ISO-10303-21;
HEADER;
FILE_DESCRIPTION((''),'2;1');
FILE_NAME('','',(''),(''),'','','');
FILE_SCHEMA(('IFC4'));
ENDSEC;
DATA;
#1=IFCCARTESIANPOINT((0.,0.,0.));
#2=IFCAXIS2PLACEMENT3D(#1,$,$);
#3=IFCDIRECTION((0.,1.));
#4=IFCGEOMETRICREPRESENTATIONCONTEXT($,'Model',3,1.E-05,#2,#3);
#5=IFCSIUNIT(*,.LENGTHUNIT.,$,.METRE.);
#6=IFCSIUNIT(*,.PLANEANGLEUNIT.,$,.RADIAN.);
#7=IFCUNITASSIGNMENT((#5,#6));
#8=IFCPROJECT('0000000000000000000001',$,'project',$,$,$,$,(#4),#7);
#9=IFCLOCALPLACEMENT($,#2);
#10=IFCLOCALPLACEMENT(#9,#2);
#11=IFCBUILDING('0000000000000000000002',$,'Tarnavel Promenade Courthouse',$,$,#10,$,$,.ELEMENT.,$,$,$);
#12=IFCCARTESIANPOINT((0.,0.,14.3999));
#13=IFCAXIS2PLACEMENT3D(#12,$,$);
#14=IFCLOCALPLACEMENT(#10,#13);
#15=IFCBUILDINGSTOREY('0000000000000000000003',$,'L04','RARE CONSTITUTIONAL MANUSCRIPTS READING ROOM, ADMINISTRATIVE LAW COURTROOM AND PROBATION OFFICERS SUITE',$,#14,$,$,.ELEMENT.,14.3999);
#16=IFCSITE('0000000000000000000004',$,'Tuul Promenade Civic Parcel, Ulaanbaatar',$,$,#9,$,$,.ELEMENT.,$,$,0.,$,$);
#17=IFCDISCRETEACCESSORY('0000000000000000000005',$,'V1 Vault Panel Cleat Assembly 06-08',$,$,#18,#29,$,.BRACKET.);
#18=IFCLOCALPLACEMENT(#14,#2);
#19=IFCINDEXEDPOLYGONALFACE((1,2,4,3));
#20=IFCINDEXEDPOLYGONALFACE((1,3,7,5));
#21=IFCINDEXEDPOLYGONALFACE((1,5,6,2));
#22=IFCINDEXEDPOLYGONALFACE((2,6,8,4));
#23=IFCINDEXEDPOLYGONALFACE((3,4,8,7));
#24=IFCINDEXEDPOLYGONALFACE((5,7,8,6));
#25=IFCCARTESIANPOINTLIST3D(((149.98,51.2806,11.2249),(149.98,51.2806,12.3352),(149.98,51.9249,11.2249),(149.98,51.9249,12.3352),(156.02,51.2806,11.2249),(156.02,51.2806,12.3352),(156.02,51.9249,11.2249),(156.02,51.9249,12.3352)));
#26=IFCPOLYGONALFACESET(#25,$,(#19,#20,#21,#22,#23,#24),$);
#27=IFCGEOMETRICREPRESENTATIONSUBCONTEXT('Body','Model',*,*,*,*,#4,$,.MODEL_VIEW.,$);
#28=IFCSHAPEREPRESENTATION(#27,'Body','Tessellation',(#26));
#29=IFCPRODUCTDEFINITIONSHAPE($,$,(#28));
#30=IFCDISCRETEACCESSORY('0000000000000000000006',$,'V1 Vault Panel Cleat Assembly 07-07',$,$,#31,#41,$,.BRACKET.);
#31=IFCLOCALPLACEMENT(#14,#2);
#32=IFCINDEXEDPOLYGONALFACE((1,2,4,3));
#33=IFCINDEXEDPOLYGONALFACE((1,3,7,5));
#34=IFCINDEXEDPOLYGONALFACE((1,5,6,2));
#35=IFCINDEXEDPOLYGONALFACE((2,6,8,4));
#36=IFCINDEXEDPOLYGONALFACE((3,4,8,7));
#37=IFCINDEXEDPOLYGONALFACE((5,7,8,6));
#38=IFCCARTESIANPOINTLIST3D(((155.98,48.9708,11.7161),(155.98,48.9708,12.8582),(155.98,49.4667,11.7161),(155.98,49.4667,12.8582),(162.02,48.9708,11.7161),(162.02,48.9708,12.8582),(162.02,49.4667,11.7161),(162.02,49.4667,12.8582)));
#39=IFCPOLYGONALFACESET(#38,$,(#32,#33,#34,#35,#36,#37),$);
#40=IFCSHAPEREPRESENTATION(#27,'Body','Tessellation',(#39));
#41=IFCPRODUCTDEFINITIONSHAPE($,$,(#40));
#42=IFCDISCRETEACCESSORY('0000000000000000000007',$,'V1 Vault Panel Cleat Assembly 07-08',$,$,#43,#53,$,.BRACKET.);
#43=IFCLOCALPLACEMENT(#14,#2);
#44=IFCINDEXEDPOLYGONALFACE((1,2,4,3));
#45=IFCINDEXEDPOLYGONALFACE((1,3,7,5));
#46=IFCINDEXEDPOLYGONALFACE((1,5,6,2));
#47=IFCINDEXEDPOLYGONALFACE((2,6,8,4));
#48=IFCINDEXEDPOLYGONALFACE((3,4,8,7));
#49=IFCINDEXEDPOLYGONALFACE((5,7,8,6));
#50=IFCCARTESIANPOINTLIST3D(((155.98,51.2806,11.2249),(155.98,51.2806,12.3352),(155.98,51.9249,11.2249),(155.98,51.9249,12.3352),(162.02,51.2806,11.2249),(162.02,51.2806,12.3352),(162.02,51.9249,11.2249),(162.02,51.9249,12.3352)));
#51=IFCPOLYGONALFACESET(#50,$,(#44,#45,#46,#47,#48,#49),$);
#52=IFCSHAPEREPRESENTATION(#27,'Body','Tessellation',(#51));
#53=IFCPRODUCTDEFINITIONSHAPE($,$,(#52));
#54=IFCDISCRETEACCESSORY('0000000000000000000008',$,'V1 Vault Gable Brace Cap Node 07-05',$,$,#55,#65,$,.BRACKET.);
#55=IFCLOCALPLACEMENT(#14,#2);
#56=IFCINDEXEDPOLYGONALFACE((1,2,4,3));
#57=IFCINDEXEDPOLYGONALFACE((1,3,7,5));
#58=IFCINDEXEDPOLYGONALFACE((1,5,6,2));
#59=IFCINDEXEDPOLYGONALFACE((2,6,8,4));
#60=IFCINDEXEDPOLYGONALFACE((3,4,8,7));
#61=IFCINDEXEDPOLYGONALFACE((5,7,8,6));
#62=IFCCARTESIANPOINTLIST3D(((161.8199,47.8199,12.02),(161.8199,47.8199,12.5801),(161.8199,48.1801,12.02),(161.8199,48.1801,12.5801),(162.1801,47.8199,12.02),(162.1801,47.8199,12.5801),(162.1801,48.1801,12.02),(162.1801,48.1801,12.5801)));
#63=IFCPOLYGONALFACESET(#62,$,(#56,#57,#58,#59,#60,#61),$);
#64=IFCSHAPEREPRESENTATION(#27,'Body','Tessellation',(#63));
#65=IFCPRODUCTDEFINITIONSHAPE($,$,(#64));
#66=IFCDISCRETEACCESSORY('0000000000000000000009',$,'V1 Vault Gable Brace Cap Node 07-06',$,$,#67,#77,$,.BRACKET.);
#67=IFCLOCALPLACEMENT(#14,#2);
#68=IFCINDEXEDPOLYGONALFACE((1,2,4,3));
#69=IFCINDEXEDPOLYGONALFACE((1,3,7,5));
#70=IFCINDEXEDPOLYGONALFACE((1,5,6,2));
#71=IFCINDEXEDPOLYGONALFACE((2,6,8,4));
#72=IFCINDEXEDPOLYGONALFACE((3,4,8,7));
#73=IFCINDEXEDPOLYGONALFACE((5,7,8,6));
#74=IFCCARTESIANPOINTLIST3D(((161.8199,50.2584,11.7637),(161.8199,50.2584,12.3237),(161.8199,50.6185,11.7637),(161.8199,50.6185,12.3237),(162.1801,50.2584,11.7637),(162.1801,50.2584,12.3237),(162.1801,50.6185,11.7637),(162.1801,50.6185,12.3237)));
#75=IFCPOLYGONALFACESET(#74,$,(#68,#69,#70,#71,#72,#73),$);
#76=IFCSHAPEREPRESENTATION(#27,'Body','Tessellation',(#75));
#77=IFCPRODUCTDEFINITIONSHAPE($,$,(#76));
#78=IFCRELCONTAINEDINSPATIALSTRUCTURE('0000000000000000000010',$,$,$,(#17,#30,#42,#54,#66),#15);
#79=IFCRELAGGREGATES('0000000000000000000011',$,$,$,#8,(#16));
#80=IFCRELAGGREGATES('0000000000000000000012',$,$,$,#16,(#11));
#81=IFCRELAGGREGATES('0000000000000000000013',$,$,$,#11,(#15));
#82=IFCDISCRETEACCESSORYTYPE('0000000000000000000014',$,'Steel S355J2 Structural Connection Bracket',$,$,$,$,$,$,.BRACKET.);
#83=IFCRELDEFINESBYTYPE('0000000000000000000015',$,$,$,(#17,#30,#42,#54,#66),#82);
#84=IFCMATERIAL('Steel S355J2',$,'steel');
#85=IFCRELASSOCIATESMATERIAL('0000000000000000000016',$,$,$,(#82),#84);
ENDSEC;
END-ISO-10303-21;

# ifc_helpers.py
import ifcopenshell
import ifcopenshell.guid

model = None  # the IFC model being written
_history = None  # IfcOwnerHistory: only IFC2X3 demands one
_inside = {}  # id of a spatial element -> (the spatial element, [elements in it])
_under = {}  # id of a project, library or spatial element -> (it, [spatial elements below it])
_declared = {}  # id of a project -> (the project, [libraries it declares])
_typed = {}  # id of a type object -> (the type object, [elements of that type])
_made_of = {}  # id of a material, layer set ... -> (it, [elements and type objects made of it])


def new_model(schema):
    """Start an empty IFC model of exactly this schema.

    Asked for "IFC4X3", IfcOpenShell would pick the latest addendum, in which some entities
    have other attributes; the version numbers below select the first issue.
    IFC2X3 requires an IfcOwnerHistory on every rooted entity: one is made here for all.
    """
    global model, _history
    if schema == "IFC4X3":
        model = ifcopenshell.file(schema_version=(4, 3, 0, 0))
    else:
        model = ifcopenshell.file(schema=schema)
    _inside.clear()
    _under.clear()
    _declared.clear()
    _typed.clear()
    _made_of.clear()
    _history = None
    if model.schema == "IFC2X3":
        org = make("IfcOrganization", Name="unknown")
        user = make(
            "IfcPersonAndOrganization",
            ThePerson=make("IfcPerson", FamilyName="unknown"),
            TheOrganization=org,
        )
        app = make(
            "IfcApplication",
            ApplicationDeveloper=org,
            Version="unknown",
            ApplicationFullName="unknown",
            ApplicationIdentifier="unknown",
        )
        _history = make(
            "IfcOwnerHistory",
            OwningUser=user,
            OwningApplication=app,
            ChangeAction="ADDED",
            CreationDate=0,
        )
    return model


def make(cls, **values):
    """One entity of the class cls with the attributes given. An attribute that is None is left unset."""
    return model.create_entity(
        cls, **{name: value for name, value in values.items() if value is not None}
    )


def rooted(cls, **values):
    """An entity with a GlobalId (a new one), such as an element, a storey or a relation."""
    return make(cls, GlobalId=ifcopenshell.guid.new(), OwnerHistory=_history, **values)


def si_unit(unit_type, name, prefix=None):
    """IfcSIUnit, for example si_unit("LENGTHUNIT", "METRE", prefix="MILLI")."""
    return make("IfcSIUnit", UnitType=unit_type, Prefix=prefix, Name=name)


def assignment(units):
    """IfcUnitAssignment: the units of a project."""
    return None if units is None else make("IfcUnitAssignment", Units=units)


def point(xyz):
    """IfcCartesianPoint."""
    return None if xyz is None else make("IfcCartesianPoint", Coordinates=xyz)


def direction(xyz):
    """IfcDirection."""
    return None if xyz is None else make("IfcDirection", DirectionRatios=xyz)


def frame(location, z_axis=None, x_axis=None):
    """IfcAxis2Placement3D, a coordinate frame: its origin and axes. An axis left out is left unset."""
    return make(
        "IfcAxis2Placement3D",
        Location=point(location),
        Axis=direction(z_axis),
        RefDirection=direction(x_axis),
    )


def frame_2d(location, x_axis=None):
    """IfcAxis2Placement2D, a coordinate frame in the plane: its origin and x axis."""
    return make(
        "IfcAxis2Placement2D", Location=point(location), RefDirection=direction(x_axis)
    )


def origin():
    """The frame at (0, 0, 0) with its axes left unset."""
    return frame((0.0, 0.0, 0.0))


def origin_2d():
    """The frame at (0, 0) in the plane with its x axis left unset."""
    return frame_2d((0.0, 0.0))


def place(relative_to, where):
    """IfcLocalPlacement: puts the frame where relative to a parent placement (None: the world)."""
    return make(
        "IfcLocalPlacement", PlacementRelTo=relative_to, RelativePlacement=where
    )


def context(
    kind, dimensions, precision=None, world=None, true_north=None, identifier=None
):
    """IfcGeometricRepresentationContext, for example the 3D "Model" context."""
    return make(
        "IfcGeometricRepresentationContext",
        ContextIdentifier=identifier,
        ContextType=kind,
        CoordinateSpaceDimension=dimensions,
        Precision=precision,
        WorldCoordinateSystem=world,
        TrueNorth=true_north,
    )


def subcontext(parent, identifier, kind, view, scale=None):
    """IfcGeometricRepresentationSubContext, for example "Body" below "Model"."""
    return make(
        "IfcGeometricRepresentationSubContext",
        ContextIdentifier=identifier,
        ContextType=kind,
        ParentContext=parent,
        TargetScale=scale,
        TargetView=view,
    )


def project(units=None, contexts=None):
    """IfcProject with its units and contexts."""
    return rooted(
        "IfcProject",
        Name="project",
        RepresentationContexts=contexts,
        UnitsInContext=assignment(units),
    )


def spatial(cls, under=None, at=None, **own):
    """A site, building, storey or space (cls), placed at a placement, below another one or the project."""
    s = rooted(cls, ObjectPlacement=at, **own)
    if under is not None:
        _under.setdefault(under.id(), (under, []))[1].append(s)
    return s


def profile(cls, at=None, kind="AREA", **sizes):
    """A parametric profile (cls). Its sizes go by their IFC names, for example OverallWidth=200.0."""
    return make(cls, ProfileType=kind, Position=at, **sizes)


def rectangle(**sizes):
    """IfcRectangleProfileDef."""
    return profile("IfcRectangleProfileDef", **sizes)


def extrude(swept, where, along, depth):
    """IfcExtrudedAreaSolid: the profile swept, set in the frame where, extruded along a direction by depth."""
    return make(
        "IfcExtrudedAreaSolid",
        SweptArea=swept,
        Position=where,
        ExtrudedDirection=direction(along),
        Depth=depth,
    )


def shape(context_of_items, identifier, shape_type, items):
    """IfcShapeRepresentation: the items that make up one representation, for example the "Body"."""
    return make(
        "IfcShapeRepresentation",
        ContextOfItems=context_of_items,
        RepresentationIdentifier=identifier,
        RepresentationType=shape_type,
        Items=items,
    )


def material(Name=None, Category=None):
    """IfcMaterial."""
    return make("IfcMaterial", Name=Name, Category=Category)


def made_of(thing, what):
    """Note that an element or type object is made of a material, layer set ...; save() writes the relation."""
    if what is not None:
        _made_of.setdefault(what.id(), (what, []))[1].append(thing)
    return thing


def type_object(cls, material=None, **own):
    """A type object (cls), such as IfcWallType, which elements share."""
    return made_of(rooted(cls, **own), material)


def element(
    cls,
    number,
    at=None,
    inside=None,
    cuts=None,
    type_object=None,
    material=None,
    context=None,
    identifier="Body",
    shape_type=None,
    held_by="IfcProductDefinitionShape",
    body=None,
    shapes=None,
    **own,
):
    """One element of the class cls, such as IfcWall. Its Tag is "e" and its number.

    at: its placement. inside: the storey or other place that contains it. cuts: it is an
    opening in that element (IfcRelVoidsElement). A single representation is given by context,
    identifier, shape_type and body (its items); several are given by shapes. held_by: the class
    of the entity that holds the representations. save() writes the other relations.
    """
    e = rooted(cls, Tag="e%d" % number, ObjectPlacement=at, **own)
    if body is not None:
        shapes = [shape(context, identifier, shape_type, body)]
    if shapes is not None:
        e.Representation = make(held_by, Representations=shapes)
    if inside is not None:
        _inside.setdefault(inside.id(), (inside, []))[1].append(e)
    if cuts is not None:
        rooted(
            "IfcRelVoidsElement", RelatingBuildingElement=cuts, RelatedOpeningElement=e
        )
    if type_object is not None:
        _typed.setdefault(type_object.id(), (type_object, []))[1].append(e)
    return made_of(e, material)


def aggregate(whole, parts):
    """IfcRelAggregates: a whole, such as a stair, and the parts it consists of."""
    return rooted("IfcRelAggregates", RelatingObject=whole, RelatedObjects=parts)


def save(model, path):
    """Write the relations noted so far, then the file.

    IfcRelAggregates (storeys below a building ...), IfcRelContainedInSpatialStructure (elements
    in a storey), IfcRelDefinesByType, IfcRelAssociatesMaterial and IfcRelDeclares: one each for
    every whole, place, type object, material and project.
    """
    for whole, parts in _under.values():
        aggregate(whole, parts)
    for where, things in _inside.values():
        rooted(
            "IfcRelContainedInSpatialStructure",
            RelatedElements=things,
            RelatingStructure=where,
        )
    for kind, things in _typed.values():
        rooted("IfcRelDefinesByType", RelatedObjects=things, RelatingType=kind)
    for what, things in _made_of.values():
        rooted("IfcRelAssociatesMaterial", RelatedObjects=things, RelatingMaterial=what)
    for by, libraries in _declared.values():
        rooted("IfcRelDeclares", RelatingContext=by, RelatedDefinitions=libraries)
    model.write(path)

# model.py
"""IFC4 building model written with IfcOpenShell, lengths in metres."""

from ifc_helpers import new_model, si_unit, direction, frame, origin, origin_2d, place, context, subcontext, project, spatial, rectangle, extrude, material, type_object, element, save


model = new_model("IFC4")

# Units and contexts
model_context = context("Model", 3, precision=1e-05, world=origin(), true_north=direction((0.0, 1.0)))
body_context = subcontext(model_context, "Body", "Model", "MODEL_VIEW")
ifc_project = project(units=[si_unit("LENGTHUNIT", "METRE"), si_unit("PLANEANGLEUNIT", "RADIAN")], contexts=[model_context])

# Site, building, storey
site_placement = place(None, origin())
site = spatial("IfcSite", under=ifc_project, at=site_placement, Name="Tuul Promenade Civic Parcel, Ulaanbaatar", CompositionType="ELEMENT", RefElevation=0.0)
building_placement = place(site_placement, origin())
building = spatial("IfcBuilding", under=site, at=building_placement, Name="Tarnavel Promenade Courthouse", CompositionType="ELEMENT")
storey_placement = place(building_placement, frame((0.0, 0.0, 14.3999)))
storey = spatial("IfcBuildingStorey", under=building, at=storey_placement, Name="L04", Description="RARE CONSTITUTIONAL MANUSCRIPTS READING ROOM, ADMINISTRATIVE LAW COURTROOM AND PROBATION OFFICERS SUITE", CompositionType="ELEMENT", Elevation=14.3999)

# Shared definitions
ifc_material_1 = material(Name="Steel S355J2", Category="steel")

# Discrete accessories
discrete_accessory_type = type_object("IfcDiscreteAccessoryType", Name="Steel S355J2 Structural Connection Bracket", PredefinedType="BRACKET", material=ifc_material_1)
discrete_accessory_1_placement = place(storey_placement, frame((153.0, 51.6028, 11.2249), z_axis=(0.0, 0.0, 1.0), x_axis=(1.0, 0.0, 0.0)))
element("IfcDiscreteAccessory", 1, at=discrete_accessory_1_placement, inside=storey, type_object=discrete_accessory_type, Name="V1 Vault Panel Cleat Assembly 06-08", PredefinedType="BRACKET", context=body_context, shape_type="SweptSolid", body=[
    extrude(rectangle(XDim=6.04, YDim=0.6443, at=origin_2d()), origin(), (0.0, 0.0, 1.0), 1.1104),
])
discrete_accessory_2_placement = place(storey_placement, frame((159.0, 49.2188, 11.7161), z_axis=(0.0, 0.0, 1.0), x_axis=(1.0, 0.0, 0.0)))
element("IfcDiscreteAccessory", 2, at=discrete_accessory_2_placement, inside=storey, type_object=discrete_accessory_type, Name="V1 Vault Panel Cleat Assembly 07-07", PredefinedType="BRACKET", context=body_context, shape_type="SweptSolid", body=[
    extrude(rectangle(XDim=6.04, YDim=0.4958, at=origin_2d()), origin(), (0.0, 0.0, 1.0), 1.1421),
])
discrete_accessory_3_placement = place(storey_placement, frame((159.0, 51.6028, 11.2249), z_axis=(0.0, 0.0, 1.0), x_axis=(1.0, 0.0, 0.0)))
element("IfcDiscreteAccessory", 3, at=discrete_accessory_3_placement, inside=storey, type_object=discrete_accessory_type, Name="V1 Vault Panel Cleat Assembly 07-08", PredefinedType="BRACKET", context=body_context, shape_type="SweptSolid", body=[
    extrude(rectangle(XDim=6.04, YDim=0.6443, at=origin_2d()), origin(), (0.0, 0.0, 1.0), 1.1104),
])
for number, where, z_axis, x_axis, name in (
    (4, (162.0, 48.0, 12.02), (0.0, 0.0, 1.0), (1.0, 0.0, 0.0), "V1 Vault Gable Brace Cap Node 07-05"),
    (5, (162.0, 50.4385, 11.7637), (0.0, 0.0, 1.0), (1.0, 0.0, 0.0), "V1 Vault Gable Brace Cap Node 07-06"),
):
    element("IfcDiscreteAccessory", number, at=place(storey_placement, frame(where, z_axis=z_axis, x_axis=x_axis)), inside=storey, type_object=discrete_accessory_type, Name=name, PredefinedType="BRACKET", context=body_context, shape_type="SweptSolid", body=[
        extrude(rectangle(XDim=0.3601, YDim=0.3601, at=origin_2d()), origin(), (0.0, 0.0, 1.0), 0.5601),
    ])

save(model, "model.ifc")
